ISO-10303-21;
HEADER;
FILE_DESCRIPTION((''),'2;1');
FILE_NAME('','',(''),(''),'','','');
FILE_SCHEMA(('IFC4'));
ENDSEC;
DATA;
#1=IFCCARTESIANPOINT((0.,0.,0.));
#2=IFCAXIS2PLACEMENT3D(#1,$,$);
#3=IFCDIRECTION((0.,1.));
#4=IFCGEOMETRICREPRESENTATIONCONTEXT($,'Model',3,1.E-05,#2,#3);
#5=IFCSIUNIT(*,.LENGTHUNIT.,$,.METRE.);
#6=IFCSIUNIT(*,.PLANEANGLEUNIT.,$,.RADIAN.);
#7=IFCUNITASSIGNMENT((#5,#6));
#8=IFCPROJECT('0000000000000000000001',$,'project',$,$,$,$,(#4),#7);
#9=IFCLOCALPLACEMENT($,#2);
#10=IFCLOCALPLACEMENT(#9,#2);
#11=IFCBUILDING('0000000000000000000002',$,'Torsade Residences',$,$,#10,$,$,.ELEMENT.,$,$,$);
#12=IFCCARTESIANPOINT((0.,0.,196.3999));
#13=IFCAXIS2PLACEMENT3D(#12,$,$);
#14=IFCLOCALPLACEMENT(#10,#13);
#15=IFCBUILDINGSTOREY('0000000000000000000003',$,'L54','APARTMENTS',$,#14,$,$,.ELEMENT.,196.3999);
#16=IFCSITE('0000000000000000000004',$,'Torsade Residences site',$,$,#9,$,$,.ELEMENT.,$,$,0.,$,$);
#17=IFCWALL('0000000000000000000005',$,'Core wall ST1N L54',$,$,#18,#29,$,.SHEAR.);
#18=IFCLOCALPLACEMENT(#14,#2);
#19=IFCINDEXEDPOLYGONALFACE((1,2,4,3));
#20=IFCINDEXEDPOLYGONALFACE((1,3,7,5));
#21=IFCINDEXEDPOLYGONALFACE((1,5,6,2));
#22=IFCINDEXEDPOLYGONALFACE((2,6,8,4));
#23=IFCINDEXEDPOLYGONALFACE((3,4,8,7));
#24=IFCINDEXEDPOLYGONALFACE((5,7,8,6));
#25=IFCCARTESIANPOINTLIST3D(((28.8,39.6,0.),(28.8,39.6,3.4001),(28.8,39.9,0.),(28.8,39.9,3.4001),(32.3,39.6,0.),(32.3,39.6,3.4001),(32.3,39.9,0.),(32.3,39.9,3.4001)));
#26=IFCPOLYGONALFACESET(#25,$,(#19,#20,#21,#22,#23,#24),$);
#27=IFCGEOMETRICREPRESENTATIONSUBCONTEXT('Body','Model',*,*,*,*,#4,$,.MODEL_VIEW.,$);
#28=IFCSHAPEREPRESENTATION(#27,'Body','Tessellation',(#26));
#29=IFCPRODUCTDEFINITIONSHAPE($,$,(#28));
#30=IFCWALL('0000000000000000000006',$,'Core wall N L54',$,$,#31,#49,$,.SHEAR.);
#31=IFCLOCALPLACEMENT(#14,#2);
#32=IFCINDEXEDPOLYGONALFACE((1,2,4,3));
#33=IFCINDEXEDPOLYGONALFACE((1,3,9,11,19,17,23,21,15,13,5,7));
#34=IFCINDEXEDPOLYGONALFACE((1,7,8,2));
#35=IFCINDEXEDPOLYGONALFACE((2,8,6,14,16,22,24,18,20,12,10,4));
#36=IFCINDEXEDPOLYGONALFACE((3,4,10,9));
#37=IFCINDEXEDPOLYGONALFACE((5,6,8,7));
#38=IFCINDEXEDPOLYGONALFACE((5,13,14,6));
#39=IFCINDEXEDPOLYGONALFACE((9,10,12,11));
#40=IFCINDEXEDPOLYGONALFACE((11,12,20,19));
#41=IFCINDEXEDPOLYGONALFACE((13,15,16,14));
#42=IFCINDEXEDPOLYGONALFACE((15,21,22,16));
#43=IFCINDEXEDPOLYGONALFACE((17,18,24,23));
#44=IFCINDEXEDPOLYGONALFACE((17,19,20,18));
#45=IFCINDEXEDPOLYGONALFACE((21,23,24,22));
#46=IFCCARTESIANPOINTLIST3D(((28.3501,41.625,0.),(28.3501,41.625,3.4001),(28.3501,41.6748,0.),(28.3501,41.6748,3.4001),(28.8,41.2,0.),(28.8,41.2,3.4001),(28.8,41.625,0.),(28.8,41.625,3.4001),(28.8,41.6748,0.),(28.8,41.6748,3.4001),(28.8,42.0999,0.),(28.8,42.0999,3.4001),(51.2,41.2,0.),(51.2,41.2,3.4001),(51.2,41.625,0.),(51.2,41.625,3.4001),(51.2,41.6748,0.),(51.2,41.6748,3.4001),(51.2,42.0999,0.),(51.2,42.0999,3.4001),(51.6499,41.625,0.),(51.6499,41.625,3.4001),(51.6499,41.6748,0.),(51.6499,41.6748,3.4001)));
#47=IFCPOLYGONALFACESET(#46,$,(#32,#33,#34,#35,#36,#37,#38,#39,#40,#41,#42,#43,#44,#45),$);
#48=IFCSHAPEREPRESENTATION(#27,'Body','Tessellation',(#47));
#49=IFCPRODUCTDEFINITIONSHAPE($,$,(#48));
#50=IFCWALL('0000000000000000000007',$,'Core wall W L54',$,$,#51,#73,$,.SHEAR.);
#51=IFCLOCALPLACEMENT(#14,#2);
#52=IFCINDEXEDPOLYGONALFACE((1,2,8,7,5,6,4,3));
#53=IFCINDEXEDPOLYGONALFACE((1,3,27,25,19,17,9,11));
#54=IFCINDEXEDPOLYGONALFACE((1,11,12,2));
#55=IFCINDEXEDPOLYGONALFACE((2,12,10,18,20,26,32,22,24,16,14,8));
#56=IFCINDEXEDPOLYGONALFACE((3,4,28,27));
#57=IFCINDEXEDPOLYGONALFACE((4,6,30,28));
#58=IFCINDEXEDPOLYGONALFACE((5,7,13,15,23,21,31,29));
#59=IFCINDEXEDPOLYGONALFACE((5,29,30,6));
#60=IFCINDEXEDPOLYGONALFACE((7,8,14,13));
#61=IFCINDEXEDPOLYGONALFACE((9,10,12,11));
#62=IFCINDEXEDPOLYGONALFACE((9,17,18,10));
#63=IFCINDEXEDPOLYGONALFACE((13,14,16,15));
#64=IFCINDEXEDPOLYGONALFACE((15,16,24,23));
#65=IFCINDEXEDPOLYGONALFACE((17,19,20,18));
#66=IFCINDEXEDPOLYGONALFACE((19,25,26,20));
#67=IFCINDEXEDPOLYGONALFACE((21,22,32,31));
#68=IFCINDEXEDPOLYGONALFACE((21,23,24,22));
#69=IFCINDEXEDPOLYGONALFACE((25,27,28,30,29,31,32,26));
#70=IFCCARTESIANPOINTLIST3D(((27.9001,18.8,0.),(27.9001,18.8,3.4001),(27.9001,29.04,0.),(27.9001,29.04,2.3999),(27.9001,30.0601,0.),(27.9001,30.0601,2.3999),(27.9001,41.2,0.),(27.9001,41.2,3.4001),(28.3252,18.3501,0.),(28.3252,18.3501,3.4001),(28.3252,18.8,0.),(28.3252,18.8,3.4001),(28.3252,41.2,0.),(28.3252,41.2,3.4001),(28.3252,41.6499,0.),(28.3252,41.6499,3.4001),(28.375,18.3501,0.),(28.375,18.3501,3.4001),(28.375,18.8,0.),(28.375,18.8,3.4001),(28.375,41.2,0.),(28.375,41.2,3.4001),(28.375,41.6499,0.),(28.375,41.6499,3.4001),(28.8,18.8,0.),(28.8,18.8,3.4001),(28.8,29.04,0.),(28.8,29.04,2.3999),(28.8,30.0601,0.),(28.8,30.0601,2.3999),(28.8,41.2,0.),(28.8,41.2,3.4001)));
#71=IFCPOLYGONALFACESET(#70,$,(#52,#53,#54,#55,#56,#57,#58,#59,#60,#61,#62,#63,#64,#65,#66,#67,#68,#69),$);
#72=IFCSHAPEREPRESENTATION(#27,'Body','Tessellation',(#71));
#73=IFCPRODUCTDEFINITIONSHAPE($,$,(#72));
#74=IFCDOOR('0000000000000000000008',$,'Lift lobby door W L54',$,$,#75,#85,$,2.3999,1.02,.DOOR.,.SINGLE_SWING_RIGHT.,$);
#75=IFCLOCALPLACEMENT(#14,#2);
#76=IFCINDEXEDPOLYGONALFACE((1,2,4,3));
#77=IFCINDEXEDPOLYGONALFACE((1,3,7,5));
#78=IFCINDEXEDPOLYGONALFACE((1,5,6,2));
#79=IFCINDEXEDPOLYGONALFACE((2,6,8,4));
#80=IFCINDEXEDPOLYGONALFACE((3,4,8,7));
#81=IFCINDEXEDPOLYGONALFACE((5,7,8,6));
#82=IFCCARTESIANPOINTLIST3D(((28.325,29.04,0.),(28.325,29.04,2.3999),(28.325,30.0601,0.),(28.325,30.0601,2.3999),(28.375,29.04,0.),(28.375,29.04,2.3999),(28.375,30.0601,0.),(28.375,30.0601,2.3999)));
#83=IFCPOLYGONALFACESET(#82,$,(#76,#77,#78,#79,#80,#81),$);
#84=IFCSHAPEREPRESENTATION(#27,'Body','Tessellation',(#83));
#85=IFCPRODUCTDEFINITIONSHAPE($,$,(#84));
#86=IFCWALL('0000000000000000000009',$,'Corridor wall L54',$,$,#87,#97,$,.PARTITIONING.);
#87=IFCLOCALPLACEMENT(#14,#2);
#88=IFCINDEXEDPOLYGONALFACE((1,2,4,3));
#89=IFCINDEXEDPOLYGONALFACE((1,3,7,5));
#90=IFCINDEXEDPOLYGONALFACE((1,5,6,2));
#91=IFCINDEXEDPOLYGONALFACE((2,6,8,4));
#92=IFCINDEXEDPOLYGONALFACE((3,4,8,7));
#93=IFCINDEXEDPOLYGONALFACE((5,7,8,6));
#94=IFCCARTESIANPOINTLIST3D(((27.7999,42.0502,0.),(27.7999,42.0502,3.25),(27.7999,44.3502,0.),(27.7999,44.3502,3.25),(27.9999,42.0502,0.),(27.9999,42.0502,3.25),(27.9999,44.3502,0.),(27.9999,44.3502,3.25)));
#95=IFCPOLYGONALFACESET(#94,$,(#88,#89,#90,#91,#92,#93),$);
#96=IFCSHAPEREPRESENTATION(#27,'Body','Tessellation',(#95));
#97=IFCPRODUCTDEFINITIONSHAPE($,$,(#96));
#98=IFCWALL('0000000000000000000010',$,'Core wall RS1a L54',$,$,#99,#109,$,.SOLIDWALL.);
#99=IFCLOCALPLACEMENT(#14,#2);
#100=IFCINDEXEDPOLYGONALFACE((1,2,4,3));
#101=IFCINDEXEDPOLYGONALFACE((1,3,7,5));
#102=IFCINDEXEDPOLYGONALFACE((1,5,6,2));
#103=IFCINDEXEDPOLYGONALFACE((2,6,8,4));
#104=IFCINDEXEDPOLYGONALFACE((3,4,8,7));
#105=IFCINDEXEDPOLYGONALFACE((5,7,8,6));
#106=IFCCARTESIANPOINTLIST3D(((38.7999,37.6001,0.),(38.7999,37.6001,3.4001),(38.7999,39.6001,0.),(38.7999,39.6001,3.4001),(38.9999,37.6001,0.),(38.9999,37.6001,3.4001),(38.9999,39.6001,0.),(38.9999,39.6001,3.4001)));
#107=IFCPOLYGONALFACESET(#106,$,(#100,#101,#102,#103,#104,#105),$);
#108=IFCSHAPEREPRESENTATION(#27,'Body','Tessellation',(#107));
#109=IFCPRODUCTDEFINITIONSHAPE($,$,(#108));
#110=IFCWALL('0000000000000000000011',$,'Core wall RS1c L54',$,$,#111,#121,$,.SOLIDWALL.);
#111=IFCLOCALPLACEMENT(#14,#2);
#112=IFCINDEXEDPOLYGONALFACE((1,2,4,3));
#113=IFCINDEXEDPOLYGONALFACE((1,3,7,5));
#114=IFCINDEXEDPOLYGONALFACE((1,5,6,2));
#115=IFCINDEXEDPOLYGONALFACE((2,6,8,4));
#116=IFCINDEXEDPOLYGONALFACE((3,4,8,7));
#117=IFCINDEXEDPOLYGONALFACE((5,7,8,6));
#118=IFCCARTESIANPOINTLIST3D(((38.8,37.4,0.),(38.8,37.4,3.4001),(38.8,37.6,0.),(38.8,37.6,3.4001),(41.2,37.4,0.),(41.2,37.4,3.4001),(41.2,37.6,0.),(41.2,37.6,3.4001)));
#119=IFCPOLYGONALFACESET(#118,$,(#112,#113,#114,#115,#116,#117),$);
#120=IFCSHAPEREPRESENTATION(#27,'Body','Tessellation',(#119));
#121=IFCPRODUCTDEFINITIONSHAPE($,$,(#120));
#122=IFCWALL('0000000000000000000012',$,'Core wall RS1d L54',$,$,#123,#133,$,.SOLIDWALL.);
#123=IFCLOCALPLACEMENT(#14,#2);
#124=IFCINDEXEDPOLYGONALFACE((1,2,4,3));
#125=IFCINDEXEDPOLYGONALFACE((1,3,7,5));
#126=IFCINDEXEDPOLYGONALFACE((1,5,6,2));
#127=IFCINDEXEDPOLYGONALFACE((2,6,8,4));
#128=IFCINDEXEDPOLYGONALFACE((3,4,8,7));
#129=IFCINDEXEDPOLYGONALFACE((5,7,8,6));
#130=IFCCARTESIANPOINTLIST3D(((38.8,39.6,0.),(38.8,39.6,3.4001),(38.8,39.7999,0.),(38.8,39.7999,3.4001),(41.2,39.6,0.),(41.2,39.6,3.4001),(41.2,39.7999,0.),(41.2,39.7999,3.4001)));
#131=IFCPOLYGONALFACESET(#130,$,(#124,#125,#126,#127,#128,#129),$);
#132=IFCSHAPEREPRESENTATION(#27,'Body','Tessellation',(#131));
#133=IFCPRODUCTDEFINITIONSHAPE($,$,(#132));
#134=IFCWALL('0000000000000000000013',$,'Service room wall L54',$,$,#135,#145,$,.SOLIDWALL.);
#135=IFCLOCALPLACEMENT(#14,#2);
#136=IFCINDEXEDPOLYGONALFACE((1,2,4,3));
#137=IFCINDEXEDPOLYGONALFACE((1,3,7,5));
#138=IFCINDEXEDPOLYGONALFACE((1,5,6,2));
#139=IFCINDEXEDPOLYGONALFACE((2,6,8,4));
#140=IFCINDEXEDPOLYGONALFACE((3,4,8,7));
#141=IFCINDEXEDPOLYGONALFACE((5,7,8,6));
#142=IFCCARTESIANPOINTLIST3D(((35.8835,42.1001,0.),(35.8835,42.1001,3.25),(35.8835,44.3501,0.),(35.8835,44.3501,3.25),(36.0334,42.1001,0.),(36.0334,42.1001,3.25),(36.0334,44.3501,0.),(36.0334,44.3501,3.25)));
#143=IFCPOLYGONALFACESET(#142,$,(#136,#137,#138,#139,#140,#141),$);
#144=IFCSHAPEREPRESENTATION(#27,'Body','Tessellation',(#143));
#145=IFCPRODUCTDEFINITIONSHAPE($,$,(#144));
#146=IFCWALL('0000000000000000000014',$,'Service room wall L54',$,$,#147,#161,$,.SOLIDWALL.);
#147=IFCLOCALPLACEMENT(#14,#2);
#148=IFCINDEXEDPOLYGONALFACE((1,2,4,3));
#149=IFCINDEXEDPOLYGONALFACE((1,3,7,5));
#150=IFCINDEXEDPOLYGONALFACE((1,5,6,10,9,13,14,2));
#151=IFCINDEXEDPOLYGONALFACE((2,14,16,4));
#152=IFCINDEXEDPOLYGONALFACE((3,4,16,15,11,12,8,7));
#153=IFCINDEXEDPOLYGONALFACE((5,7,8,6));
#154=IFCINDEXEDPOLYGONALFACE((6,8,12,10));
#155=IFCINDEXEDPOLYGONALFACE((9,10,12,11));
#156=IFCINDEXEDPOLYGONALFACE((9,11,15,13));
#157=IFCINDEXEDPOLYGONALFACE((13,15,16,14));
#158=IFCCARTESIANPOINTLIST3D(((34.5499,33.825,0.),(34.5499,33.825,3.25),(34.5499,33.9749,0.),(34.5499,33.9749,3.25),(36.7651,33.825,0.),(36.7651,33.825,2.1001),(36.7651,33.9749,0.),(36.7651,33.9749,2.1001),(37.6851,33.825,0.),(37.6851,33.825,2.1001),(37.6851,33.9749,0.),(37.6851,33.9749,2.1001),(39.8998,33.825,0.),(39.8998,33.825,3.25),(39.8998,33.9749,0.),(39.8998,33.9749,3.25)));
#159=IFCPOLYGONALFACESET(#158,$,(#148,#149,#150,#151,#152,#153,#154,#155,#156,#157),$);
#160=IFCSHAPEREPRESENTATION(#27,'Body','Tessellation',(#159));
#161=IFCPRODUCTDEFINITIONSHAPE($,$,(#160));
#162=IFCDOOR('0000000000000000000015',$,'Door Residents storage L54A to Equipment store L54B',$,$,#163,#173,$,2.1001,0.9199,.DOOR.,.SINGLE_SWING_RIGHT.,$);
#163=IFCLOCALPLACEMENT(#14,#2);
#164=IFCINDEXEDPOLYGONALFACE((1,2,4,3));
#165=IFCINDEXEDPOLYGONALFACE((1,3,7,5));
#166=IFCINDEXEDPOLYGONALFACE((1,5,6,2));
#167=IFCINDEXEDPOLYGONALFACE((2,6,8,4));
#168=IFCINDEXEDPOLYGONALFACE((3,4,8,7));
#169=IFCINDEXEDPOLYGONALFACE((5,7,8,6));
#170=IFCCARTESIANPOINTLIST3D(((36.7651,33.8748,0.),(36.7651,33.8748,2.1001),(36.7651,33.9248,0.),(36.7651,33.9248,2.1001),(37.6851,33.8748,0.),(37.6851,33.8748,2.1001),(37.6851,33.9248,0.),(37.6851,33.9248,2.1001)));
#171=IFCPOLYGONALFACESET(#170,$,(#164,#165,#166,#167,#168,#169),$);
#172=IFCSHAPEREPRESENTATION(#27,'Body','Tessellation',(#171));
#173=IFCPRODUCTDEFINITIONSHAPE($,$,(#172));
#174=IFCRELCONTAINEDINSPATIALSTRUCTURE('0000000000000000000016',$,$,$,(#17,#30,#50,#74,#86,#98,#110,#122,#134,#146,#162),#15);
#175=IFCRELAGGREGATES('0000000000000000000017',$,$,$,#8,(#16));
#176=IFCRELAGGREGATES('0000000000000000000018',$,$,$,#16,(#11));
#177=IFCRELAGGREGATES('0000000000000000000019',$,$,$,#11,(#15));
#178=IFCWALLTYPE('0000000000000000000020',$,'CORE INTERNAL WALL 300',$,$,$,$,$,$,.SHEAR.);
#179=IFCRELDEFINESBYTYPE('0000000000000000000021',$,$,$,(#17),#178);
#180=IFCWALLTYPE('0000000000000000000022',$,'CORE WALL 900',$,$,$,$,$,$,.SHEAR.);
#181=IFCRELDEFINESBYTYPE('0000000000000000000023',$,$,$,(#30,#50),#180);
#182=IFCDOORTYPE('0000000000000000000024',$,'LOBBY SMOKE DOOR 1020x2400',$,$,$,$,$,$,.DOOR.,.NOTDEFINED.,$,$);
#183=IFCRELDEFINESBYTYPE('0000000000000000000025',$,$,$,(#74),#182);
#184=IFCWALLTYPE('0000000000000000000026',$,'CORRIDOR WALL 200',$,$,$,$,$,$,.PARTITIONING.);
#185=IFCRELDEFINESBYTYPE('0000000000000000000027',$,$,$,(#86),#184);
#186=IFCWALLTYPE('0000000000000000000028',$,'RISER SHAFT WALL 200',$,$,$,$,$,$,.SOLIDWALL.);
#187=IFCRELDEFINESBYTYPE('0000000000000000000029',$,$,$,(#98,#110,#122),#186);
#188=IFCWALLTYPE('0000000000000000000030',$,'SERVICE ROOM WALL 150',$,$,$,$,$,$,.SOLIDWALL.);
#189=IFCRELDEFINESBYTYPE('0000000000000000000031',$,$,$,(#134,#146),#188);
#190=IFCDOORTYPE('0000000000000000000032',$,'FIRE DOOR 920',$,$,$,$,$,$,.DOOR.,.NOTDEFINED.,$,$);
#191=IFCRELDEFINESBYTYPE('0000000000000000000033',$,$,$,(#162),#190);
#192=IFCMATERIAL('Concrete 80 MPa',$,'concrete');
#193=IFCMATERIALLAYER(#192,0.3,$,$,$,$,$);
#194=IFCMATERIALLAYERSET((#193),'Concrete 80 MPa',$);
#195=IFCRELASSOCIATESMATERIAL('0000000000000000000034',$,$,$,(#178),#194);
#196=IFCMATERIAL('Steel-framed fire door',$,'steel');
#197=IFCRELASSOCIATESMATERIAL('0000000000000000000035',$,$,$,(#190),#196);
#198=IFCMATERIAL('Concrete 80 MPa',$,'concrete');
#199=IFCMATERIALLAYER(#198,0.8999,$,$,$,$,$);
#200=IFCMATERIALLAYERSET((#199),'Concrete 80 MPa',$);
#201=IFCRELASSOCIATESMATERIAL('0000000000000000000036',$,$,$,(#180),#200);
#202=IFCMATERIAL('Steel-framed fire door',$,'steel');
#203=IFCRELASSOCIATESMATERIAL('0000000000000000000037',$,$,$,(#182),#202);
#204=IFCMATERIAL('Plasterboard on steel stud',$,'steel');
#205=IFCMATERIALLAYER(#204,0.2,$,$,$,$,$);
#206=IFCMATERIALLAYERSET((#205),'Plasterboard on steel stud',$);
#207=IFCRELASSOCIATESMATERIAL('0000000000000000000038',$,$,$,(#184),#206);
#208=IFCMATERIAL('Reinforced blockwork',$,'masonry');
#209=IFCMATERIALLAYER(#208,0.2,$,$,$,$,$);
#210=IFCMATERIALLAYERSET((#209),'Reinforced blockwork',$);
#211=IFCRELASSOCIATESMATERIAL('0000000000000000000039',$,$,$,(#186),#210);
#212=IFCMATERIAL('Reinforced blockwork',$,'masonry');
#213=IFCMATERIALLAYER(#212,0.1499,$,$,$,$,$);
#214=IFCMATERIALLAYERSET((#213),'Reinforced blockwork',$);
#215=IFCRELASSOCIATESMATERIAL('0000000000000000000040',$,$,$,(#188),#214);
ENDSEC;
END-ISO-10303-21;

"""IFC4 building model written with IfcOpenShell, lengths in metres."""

from ifc_helpers import new_model, si_unit, direction, frame, frame_2d, origin, place, context, subcontext, project, spatial, polyline, rectangle, outline, extrude, material, layer, layer_set, type_object, element, fill, save


model = new_model("IFC4")

# Units and contexts
model_context = context("Model", 3, precision=1e-05, world=origin(), true_north=direction((0.0, 1.0)))
body_context = subcontext(model_context, "Body", "Model", "MODEL_VIEW")
ifc_project = project(units=[si_unit("LENGTHUNIT", "METRE"), si_unit("PLANEANGLEUNIT", "RADIAN")], contexts=[model_context])

# Site, building, storey
site_placement = place(None, origin())
site = spatial("IfcSite", under=ifc_project, at=site_placement, Name="Torsade Residences site", CompositionType="ELEMENT", RefElevation=0.0)
building_placement = place(site_placement, origin())
building = spatial("IfcBuilding", under=site, at=building_placement, Name="Torsade Residences", CompositionType="ELEMENT")
storey_placement = place(building_placement, frame((0.0, 0.0, 196.3999)))
storey = spatial("IfcBuildingStorey", under=building, at=storey_placement, Name="L54", Description="APARTMENTS", CompositionType="ELEMENT", Elevation=196.3999)

# Shared definitions
ifc_material_1 = material(Name="Concrete 80 MPa", Category="concrete")
ifc_layer_1 = layer(ifc_material_1, 0.3)
ifc_layer_set_1 = layer_set([ifc_layer_1], Name="Concrete 80 MPa")
wall_type_1 = type_object("IfcWallType", Name="CORE INTERNAL WALL 300", PredefinedType="SHEAR", material=ifc_layer_set_1)
ifc_material_2 = material(Name="Steel-framed fire door", Category="steel")
door_type_1 = type_object("IfcDoorType", Name="FIRE DOOR 920", OperationType="NOTDEFINED", PredefinedType="DOOR", material=ifc_material_2)

# Walls
wall_1_placement = place(storey_placement, frame((28.8, 39.75, 0.0), z_axis=(0.0, 0.0, 1.0), x_axis=(1.0, 0.0, 0.0)))
element("IfcWall", 1, at=wall_1_placement, inside=storey, type_object=wall_type_1, Name="Core wall ST1N L54", PredefinedType="SHEAR", context=body_context, shape_type="SweptSolid", body=[
    extrude(rectangle(XDim=3.5, YDim=0.3, at=frame_2d((1.75, 0.0))), origin(), (0.0, 0.0, 1.0), 3.4001),
])
ifc_material_3 = material(Name="Concrete 80 MPa", Category="concrete")
ifc_layer_2 = layer(ifc_material_3, 0.8999)
ifc_layer_set_2 = layer_set([ifc_layer_2], Name="Concrete 80 MPa")
wall_type_2 = type_object("IfcWallType", Name="CORE WALL 900", PredefinedType="SHEAR", material=ifc_layer_set_2)
wall_2_placement = place(storey_placement, frame((28.8, 41.6499, 0.0), z_axis=(0.0, 0.0, 1.0), x_axis=(1.0, 0.0, 0.0)))
element("IfcWall", 2, at=wall_2_placement, inside=storey, type_object=wall_type_2, Name="Core wall N L54", PredefinedType="SHEAR", context=body_context, shape_type="SweptSolid", body=[
    extrude(outline(polyline([(0.0, -0.45), (22.3999, -0.45), (22.3999, -0.0249), (22.8499, -0.0249), (22.8499, 0.0249), (22.3999, 0.0249), (22.3999, 0.45), (0.0, 0.45), (0.0, 0.0249), (-0.45, 0.0249), (-0.45, -0.0249), (0.0, -0.0249), (0.0, -0.45)])), origin(), (0.0, 0.0, 1.0), 3.4001),
])

# Wall, opening, door
wall_3_placement = place(storey_placement, frame((28.3501, 41.2, 0.0), z_axis=(0.0, 0.0, 1.0), x_axis=(0.0, -1.0, 0.0)))
wall_3 = element("IfcWall", 3, at=wall_3_placement, inside=storey, type_object=wall_type_2, Name="Core wall W L54", PredefinedType="SHEAR", context=body_context, shape_type="SweptSolid", body=[
    extrude(outline(polyline([(0.0, -0.45), (22.3999, -0.45), (22.3999, -0.0249), (22.8499, -0.0249), (22.8499, 0.0249), (22.3999, 0.0249), (22.3999, 0.45), (0.0, 0.45), (0.0, 0.0249), (-0.45, 0.0249), (-0.45, -0.0249), (0.0, -0.0249), (0.0, -0.45)])), origin(), (0.0, 0.0, 1.0), 3.4001),
])
opening_1_placement = place(wall_3_placement, frame((11.1399, 0.0, 0.0)))
opening_1 = element("IfcOpeningElement", 4, at=opening_1_placement, cuts=wall_3, PredefinedType="OPENING", context=body_context, shape_type="SweptSolid", body=[
    extrude(rectangle(XDim=1.02, YDim=2.3999, at=frame_2d((0.51, 1.2))), frame((0.0, 0.46, 0.0), z_axis=(0.0, -1.0, 0.0), x_axis=(1.0, 0.0, 0.0)), (0.0, 0.0, 1.0), 0.9199),
])
ifc_material_4 = material(Name="Steel-framed fire door", Category="steel")
door_type_2 = type_object("IfcDoorType", Name="LOBBY SMOKE DOOR 1020x2400", OperationType="NOTDEFINED", PredefinedType="DOOR", material=ifc_material_4)
door_1_placement = place(opening_1_placement, origin())
door_1 = element("IfcDoor", 5, at=door_1_placement, inside=storey, type_object=door_type_2, Name="Lift lobby door W L54", OperationType="SINGLE_SWING_RIGHT", OverallHeight=2.3999, OverallWidth=1.02, PredefinedType="DOOR", context=body_context, shape_type="SweptSolid", body=[
    extrude(rectangle(XDim=1.02, YDim=2.3999, at=frame_2d((0.51, 1.2))), frame((0.0, 0.0249, 0.0), z_axis=(0.0, -1.0, 0.0), x_axis=(1.0, 0.0, 0.0)), (0.0, 0.0, 1.0), 0.05),
])
fill(opening_1, door_1)

# Walls
ifc_material_5 = material(Name="Plasterboard on steel stud", Category="steel")
ifc_layer_3 = layer(ifc_material_5, 0.2)
ifc_layer_set_3 = layer_set([ifc_layer_3], Name="Plasterboard on steel stud")
wall_type_3 = type_object("IfcWallType", Name="CORRIDOR WALL 200", PredefinedType="PARTITIONING", material=ifc_layer_set_3)
wall_4_placement = place(storey_placement, frame((27.8999, 44.3501, 0.0), z_axis=(0.0, 0.0, 1.0), x_axis=(0.0, -1.0, 0.0)))
element("IfcWall", 6, at=wall_4_placement, inside=storey, type_object=wall_type_3, Name="Corridor wall L54", PredefinedType="PARTITIONING", context=body_context, shape_type="SweptSolid", body=[
    extrude(rectangle(XDim=2.3, YDim=0.2, at=frame_2d((1.1499, 0.0))), origin(), (0.0, 0.0, 1.0), 3.25),
])
ifc_material_6 = material(Name="Reinforced blockwork", Category="masonry")
ifc_layer_4 = layer(ifc_material_6, 0.2)
ifc_layer_set_4 = layer_set([ifc_layer_4], Name="Reinforced blockwork")
wall_type_4 = type_object("IfcWallType", Name="RISER SHAFT WALL 200", PredefinedType="SOLIDWALL", material=ifc_layer_set_4)
wall_5_placement = place(storey_placement, frame((38.8999, 37.6001, 0.0), z_axis=(0.0, 0.0, 1.0), x_axis=(0.0, 1.0, 0.0)))
element("IfcWall", 7, at=wall_5_placement, inside=storey, type_object=wall_type_4, Name="Core wall RS1a L54", PredefinedType="SOLIDWALL", context=body_context, shape_type="SweptSolid", body=[
    extrude(rectangle(XDim=2.0, YDim=0.2, at=frame_2d((1.0, 0.0))), origin(), (0.0, 0.0, 1.0), 3.4001),
])
for number, where, z_axis, x_axis, name in (
    (8, (38.8, 37.5, 0.0), (0.0, 0.0, 1.0), (1.0, 0.0, 0.0), "Core wall RS1c L54"),
    (9, (38.8, 39.7, 0.0), (0.0, 0.0, 1.0), (1.0, 0.0, 0.0), "Core wall RS1d L54"),
):
    element("IfcWall", number, at=place(storey_placement, frame(where, z_axis=z_axis, x_axis=x_axis)), inside=storey, type_object=wall_type_4, Name=name, PredefinedType="SOLIDWALL", context=body_context, shape_type="SweptSolid", body=[
        extrude(rectangle(XDim=2.3999, YDim=0.2, at=frame_2d((1.2, 0.0))), origin(), (0.0, 0.0, 1.0), 3.4001),
    ])
ifc_material_7 = material(Name="Reinforced blockwork", Category="masonry")
ifc_layer_5 = layer(ifc_material_7, 0.1499)
ifc_layer_set_5 = layer_set([ifc_layer_5], Name="Reinforced blockwork")
wall_type_5 = type_object("IfcWallType", Name="SERVICE ROOM WALL 150", PredefinedType="SOLIDWALL", material=ifc_layer_set_5)
wall_6_placement = place(storey_placement, frame((35.9585, 42.1001, 0.0), z_axis=(0.0, 0.0, 1.0), x_axis=(0.0, 1.0, 0.0)))
element("IfcWall", 10, at=wall_6_placement, inside=storey, type_object=wall_type_5, Name="Service room wall L54", PredefinedType="SOLIDWALL", context=body_context, shape_type="SweptSolid", body=[
    extrude(rectangle(XDim=2.25, YDim=0.1499, at=frame_2d((1.125, 0.0))), origin(), (0.0, 0.0, 1.0), 3.25),
])

# Wall, opening, door
wall_7_placement = place(storey_placement, frame((34.55, 33.8999, 0.0), z_axis=(0.0, 0.0, 1.0), x_axis=(1.0, 0.0, 0.0)))
wall_7 = element("IfcWall", 11, at=wall_7_placement, inside=storey, type_object=wall_type_5, Name="Service room wall L54", PredefinedType="SOLIDWALL", context=body_context, shape_type="SweptSolid", body=[
    extrude(rectangle(XDim=5.3499, YDim=0.1499, at=frame_2d((2.6748, 0.0))), origin(), (0.0, 0.0, 1.0), 3.25),
])
opening_2_placement = place(wall_7_placement, frame((2.2151, 0.0, 0.0)))
opening_2 = element("IfcOpeningElement", 12, at=opening_2_placement, cuts=wall_7, PredefinedType="OPENING", context=body_context, shape_type="SweptSolid", body=[
    extrude(rectangle(XDim=0.9199, YDim=2.1001, at=frame_2d((0.46, 1.05))), frame((0.0, 0.085, 0.0), z_axis=(0.0, -1.0, 0.0), x_axis=(1.0, 0.0, 0.0)), (0.0, 0.0, 1.0), 0.1699),
])
door_2_placement = place(opening_2_placement, origin())
door_2 = element("IfcDoor", 13, at=door_2_placement, inside=storey, type_object=door_type_1, Name="Door Residents storage L54A to Equipment store L54B", OperationType="SINGLE_SWING_RIGHT", OverallHeight=2.1001, OverallWidth=0.9199, PredefinedType="DOOR", context=body_context, shape_type="SweptSolid", body=[
    extrude(rectangle(XDim=0.9199, YDim=2.1001, at=frame_2d((0.46, 1.05))), frame((0.0, 0.0249, 0.0), z_axis=(0.0, -1.0, 0.0), x_axis=(1.0, 0.0, 0.0)), (0.0, 0.0, 1.0), 0.05),
])
fill(opening_2, door_2)

save(model, "model.ifc")
